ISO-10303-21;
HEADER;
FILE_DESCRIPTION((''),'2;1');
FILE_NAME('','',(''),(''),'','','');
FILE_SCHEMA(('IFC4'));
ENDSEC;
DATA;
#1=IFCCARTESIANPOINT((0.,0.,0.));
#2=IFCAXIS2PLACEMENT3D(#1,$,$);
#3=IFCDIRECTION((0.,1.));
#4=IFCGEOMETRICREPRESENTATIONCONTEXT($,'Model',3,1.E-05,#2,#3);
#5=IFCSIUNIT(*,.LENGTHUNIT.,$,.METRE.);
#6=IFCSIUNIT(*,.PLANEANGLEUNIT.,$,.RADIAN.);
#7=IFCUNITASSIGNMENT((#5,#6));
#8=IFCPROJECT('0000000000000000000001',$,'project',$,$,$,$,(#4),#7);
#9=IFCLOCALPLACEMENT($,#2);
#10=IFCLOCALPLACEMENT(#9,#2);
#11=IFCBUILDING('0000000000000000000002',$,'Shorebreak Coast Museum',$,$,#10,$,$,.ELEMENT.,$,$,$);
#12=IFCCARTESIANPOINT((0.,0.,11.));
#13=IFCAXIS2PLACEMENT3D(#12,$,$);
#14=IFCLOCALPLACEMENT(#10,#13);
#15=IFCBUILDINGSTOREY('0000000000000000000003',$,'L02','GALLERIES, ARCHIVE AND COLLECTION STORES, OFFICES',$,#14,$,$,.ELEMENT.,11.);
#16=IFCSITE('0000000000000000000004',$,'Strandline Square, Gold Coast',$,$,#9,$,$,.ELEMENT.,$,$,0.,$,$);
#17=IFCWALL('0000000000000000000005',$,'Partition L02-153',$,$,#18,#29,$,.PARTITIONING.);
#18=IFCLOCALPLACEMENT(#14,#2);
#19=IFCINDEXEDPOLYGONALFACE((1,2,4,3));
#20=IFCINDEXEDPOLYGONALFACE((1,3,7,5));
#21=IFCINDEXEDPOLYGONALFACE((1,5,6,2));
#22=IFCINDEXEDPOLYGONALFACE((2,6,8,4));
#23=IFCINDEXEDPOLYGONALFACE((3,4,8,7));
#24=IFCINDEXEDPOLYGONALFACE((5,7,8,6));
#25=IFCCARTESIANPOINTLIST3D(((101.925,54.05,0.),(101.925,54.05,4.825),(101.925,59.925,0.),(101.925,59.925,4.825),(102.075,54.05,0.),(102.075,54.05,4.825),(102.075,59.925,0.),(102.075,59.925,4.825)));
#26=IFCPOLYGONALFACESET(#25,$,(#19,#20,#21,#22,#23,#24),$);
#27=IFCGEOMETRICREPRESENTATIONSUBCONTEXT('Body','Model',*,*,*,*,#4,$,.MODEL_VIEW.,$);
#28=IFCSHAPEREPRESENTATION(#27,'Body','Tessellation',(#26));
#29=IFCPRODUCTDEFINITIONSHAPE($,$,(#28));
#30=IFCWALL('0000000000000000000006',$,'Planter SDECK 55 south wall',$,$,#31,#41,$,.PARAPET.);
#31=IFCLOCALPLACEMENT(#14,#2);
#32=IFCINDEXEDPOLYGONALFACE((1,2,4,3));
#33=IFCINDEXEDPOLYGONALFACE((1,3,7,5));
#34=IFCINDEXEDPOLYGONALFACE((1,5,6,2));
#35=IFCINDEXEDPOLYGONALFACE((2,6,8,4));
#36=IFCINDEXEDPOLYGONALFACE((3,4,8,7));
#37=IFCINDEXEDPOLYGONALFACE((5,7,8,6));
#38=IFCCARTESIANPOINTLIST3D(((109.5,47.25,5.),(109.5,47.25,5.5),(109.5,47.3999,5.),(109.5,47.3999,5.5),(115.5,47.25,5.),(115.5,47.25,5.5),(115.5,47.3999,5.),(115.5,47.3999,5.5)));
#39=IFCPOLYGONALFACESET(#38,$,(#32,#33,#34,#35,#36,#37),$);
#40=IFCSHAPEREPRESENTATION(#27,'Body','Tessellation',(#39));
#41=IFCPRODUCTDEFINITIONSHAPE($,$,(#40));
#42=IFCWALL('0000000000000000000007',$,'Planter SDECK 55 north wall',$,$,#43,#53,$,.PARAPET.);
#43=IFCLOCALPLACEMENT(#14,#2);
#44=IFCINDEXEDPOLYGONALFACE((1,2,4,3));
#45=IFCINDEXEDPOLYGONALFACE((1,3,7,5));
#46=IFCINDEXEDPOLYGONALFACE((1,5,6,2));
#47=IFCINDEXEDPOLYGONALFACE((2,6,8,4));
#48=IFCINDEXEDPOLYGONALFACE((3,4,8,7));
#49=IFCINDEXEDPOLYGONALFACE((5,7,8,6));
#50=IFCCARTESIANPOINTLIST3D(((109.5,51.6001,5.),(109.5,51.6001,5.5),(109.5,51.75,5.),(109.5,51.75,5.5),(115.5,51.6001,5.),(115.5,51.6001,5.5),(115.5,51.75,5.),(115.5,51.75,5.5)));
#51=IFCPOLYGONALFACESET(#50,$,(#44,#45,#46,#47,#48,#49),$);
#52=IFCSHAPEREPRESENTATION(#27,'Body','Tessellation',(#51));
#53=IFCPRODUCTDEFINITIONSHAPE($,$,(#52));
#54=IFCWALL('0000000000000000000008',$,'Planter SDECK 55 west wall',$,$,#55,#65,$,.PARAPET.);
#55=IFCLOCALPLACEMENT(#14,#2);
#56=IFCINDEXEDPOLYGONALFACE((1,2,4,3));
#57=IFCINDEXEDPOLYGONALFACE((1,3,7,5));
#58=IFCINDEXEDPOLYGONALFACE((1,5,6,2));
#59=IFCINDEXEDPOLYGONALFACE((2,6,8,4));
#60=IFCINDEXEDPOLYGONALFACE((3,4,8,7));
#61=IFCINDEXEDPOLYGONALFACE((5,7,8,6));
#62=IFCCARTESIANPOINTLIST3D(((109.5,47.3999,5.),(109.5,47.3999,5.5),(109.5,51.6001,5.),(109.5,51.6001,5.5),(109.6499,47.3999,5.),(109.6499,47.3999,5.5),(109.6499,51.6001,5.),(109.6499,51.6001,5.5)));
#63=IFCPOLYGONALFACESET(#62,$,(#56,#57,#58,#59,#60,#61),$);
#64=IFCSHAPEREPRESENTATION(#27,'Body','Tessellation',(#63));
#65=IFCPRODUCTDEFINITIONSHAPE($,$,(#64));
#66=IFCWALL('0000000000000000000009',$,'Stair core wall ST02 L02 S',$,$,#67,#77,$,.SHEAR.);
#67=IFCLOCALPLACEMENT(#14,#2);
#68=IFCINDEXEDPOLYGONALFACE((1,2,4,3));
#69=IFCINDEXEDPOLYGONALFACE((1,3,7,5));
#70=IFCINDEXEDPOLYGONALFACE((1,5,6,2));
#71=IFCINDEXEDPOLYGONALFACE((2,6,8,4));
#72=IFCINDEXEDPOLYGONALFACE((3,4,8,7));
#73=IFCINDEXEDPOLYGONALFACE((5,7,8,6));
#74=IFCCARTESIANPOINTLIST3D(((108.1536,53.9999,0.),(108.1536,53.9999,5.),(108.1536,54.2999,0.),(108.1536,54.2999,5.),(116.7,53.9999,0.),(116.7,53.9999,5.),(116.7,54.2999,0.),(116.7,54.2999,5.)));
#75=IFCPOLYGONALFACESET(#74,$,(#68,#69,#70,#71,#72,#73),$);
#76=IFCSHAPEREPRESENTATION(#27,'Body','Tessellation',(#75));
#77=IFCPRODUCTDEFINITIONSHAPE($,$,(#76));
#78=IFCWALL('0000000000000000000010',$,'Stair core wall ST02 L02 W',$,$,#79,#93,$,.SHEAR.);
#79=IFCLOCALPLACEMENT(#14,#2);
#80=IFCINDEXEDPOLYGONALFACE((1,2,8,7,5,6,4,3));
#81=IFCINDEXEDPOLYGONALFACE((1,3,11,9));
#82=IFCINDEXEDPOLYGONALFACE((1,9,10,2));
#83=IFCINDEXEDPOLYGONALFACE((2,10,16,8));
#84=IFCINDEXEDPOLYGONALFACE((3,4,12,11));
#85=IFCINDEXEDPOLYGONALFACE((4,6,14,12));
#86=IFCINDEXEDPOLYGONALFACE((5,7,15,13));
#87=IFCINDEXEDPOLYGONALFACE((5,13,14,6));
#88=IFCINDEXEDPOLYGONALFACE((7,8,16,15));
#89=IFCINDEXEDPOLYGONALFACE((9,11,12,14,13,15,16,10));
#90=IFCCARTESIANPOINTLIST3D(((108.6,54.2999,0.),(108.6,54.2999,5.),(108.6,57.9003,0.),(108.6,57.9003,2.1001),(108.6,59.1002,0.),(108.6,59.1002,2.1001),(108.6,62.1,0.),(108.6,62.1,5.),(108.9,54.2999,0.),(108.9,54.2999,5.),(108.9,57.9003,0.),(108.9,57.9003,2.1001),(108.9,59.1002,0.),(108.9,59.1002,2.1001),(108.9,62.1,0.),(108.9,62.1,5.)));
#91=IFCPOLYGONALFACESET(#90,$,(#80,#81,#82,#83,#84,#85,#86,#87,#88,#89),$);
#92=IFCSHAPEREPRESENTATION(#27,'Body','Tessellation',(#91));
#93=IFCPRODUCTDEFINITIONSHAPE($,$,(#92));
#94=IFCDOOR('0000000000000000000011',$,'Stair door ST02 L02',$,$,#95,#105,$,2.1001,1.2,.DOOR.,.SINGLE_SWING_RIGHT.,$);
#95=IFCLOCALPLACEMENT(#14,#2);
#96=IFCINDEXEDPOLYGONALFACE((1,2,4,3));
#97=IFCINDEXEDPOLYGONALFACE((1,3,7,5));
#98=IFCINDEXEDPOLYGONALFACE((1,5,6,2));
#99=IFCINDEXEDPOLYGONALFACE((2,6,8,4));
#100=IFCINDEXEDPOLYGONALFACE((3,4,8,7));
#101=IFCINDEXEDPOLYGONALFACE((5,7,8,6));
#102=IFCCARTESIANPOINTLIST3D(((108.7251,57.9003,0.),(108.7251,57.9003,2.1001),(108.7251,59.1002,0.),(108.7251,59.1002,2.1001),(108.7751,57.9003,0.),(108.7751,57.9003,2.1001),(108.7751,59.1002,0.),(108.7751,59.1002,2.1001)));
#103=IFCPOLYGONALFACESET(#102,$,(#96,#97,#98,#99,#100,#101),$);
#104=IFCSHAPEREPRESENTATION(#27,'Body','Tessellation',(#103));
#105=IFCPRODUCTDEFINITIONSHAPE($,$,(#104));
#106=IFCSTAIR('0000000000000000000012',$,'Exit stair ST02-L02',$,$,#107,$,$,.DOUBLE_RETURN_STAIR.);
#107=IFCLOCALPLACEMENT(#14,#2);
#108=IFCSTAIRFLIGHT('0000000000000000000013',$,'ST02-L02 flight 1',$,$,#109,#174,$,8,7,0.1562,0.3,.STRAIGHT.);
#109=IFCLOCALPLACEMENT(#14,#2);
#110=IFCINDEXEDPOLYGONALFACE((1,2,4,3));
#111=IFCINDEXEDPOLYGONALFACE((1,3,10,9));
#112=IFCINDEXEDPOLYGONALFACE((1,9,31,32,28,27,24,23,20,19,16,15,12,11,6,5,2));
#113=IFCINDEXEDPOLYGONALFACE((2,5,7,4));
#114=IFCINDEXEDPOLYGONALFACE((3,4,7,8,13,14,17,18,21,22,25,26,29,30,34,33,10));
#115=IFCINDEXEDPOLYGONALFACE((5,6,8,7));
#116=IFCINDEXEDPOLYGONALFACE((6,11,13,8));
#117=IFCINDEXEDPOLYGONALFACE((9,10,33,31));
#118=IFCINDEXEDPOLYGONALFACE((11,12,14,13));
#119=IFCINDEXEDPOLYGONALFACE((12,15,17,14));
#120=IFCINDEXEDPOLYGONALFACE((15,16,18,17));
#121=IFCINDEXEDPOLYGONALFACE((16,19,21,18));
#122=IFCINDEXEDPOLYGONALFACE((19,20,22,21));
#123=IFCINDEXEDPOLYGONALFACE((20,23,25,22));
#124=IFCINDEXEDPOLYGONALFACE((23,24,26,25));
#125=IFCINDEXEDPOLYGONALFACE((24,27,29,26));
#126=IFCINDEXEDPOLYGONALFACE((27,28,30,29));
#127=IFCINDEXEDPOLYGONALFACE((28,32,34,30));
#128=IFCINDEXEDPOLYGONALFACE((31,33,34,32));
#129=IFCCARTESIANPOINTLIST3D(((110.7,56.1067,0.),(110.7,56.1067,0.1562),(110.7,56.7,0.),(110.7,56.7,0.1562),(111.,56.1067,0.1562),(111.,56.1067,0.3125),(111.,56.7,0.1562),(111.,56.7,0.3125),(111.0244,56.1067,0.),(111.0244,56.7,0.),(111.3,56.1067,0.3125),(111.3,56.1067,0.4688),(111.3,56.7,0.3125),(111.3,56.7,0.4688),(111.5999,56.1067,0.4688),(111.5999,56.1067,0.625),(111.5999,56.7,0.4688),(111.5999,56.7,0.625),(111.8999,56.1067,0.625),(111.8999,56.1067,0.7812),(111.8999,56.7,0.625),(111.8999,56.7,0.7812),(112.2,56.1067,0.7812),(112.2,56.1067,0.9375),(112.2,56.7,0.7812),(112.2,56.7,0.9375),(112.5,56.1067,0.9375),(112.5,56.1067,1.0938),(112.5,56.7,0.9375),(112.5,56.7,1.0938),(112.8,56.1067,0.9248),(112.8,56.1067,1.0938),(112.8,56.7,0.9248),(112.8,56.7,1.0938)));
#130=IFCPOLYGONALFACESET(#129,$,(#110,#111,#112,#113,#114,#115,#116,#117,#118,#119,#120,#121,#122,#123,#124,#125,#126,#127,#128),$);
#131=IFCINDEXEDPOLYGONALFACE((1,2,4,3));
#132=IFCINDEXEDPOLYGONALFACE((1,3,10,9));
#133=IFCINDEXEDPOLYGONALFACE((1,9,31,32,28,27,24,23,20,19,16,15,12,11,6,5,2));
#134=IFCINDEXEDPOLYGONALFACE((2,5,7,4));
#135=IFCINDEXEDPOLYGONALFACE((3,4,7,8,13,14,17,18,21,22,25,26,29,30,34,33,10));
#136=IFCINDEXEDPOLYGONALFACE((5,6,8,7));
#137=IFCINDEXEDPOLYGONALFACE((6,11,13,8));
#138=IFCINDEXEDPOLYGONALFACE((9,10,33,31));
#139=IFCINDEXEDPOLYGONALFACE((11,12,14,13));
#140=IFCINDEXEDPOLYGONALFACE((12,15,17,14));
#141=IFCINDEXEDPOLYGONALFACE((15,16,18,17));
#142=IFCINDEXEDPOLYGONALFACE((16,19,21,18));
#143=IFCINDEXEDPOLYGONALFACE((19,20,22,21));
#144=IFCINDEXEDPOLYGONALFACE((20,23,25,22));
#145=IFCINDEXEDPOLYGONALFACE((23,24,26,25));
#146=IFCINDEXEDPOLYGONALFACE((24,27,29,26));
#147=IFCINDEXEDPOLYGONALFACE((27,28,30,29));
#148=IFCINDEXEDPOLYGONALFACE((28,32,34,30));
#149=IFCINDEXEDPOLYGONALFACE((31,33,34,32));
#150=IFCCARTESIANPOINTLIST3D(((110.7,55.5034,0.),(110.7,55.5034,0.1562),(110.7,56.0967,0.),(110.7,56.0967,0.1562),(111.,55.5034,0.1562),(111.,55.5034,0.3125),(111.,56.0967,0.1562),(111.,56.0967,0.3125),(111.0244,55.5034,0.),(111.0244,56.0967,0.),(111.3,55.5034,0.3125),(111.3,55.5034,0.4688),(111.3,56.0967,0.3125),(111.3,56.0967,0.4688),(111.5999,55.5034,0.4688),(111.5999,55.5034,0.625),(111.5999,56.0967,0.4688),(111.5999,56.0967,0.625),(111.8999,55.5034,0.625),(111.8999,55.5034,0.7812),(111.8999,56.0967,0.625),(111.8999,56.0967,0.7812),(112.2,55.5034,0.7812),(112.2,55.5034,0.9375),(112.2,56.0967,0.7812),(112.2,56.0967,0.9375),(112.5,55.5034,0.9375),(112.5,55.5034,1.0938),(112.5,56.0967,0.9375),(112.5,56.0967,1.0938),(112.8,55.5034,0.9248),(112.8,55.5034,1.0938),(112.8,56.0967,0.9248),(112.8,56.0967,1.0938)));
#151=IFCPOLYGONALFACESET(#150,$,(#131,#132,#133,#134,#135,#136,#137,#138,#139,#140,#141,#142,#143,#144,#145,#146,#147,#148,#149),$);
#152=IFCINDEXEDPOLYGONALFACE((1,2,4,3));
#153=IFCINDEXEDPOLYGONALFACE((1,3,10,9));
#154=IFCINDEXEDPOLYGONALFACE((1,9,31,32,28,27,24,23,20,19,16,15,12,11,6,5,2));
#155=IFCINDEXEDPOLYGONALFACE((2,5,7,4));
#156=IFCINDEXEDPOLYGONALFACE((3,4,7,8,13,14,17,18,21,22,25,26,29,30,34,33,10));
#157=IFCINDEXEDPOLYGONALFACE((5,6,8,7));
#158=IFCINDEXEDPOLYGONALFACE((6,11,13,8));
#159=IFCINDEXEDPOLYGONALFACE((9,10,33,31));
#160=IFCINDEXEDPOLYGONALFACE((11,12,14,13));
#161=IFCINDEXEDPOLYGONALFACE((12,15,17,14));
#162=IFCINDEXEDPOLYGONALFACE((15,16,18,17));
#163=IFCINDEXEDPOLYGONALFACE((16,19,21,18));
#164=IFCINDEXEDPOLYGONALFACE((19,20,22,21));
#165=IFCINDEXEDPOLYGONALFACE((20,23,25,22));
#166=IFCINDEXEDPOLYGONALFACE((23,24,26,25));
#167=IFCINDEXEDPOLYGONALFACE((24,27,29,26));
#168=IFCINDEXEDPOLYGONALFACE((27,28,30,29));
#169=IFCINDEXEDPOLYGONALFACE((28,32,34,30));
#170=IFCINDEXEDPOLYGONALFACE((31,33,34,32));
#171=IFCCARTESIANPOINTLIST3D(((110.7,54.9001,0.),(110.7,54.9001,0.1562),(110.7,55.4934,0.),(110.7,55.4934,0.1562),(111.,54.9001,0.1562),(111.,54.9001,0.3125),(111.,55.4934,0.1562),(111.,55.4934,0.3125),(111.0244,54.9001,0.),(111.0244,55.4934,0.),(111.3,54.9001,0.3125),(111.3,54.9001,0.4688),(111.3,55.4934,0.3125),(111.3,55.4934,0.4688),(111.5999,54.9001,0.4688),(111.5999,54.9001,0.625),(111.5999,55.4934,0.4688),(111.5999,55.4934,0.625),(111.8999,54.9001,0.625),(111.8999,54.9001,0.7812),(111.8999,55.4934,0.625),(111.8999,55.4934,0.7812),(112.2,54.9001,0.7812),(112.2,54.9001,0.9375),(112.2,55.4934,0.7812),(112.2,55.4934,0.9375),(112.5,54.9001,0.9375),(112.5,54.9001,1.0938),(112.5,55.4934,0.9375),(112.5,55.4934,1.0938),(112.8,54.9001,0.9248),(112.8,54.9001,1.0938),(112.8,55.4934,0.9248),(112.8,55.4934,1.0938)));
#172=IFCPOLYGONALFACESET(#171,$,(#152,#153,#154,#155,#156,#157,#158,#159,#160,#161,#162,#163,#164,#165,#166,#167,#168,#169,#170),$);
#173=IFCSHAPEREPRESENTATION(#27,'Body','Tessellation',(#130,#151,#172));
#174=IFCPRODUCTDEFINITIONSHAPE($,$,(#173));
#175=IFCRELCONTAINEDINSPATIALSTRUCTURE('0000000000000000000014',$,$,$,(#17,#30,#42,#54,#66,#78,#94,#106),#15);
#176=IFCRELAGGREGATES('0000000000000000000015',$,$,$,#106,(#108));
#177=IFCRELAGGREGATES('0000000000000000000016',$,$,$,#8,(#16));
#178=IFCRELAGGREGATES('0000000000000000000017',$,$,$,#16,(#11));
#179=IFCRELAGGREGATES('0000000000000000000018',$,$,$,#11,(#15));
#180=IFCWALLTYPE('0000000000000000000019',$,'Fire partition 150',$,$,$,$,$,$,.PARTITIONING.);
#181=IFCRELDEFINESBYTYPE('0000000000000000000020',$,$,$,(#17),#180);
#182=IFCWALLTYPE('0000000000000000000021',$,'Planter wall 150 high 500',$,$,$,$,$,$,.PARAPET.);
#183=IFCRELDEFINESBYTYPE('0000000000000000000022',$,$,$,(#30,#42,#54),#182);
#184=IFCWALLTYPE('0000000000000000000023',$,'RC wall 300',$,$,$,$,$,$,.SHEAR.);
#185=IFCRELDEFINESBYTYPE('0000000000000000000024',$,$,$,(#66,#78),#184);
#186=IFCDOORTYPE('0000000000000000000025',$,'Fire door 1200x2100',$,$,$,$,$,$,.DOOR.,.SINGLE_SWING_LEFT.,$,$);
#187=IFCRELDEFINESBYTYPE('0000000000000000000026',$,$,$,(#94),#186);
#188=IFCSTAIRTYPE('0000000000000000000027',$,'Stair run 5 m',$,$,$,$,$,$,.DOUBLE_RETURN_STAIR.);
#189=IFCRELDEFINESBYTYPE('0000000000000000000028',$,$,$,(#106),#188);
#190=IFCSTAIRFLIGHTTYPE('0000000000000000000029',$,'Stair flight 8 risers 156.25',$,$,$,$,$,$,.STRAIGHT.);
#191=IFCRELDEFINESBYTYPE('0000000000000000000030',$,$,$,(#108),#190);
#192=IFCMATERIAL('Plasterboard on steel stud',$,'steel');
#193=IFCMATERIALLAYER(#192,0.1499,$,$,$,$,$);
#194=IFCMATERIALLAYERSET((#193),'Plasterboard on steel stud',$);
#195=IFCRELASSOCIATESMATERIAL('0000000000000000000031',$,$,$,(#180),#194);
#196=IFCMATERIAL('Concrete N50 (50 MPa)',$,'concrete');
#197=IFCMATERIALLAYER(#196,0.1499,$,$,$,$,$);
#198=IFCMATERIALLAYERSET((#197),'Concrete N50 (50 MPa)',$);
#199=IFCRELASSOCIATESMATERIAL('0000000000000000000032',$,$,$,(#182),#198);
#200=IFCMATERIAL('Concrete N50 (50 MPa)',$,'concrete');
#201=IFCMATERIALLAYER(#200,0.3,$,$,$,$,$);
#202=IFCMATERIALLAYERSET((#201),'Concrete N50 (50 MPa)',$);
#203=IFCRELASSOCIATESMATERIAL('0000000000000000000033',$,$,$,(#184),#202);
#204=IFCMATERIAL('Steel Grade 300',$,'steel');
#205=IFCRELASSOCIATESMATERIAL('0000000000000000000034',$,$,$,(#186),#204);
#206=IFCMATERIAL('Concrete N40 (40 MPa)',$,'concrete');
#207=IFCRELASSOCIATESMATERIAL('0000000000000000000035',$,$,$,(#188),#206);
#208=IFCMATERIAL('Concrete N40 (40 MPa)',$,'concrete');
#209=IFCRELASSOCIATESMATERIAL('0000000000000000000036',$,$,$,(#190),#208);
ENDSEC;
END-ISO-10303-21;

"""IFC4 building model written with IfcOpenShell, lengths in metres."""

from ifc_helpers import new_model, si_unit, direction, frame, frame_2d, origin, place, context, subcontext, project, spatial, polyline, rectangle, outline, extrude, material, layer, layer_set, type_object, element, fill, aggregate, save


model = new_model("IFC4")

# Units and contexts
model_context = context("Model", 3, precision=1e-05, world=origin(), true_north=direction((0.0, 1.0)))
body_context = subcontext(model_context, "Body", "Model", "MODEL_VIEW")
ifc_project = project(units=[si_unit("LENGTHUNIT", "METRE"), si_unit("PLANEANGLEUNIT", "RADIAN")], contexts=[model_context])

# Site, building, storey
site_placement = place(None, origin())
site = spatial("IfcSite", under=ifc_project, at=site_placement, Name="Strandline Square, Gold Coast", CompositionType="ELEMENT", RefElevation=0.0)
building_placement = place(site_placement, origin())
building = spatial("IfcBuilding", under=site, at=building_placement, Name="Shorebreak Coast Museum", CompositionType="ELEMENT")
storey_placement = place(building_placement, frame((0.0, 0.0, 11.0)))
storey = spatial("IfcBuildingStorey", under=building, at=storey_placement, Name="L02", Description="GALLERIES, ARCHIVE AND COLLECTION STORES, OFFICES", CompositionType="ELEMENT", Elevation=11.0)

# Walls
ifc_material_1 = material(Name="Plasterboard on steel stud", Category="steel")
ifc_layer_1 = layer(ifc_material_1, 0.1499)
ifc_layer_set_1 = layer_set([ifc_layer_1], Name="Plasterboard on steel stud")
wall_type_1 = type_object("IfcWallType", Name="Fire partition 150", PredefinedType="PARTITIONING", material=ifc_layer_set_1)
wall_1_placement = place(storey_placement, frame((102.0, 54.05, 0.0), z_axis=(0.0, 0.0, 1.0), x_axis=(0.0, 1.0, 0.0)))
element("IfcWall", 1, at=wall_1_placement, inside=storey, type_object=wall_type_1, Name="Partition L02-153", PredefinedType="PARTITIONING", context=body_context, shape_type="SweptSolid", body=[
    extrude(rectangle(XDim=5.875, YDim=0.1499, at=frame_2d((2.9375, 0.0))), origin(), (0.0, 0.0, 1.0), 4.825),
])
ifc_material_2 = material(Name="Concrete N50 (50 MPa)", Category="concrete")
ifc_layer_2 = layer(ifc_material_2, 0.1499)
ifc_layer_set_2 = layer_set([ifc_layer_2], Name="Concrete N50 (50 MPa)")
wall_type_2 = type_object("IfcWallType", Name="Planter wall 150 high 500", PredefinedType="PARAPET", material=ifc_layer_set_2)
for number, where, z_axis, x_axis, name in (
    (2, (109.5, 47.325, 5.0), (0.0, 0.0, 1.0), (1.0, 0.0, 0.0), "Planter SDECK 55 south wall"),
    (3, (109.5, 51.675, 5.0), (0.0, 0.0, 1.0), (1.0, 0.0, 0.0), "Planter SDECK 55 north wall"),
):
    element("IfcWall", number, at=place(storey_placement, frame(where, z_axis=z_axis, x_axis=x_axis)), inside=storey, type_object=wall_type_2, Name=name, PredefinedType="PARAPET", context=body_context, shape_type="SweptSolid", body=[
        extrude(rectangle(XDim=6.0, YDim=0.1499, at=frame_2d((3.0, 0.0))), origin(), (0.0, 0.0, 1.0), 0.5),
    ])
wall_2_placement = place(storey_placement, frame((109.575, 47.3999, 5.0), z_axis=(0.0, 0.0, 1.0), x_axis=(0.0, 1.0, 0.0)))
element("IfcWall", 4, at=wall_2_placement, inside=storey, type_object=wall_type_2, Name="Planter SDECK 55 west wall", PredefinedType="PARAPET", context=body_context, shape_type="SweptSolid", body=[
    extrude(rectangle(XDim=4.2002, YDim=0.1499, at=frame_2d((2.1001, 0.0))), origin(), (0.0, 0.0, 1.0), 0.5),
])
ifc_material_3 = material(Name="Concrete N50 (50 MPa)", Category="concrete")
ifc_layer_3 = layer(ifc_material_3, 0.3)
ifc_layer_set_3 = layer_set([ifc_layer_3], Name="Concrete N50 (50 MPa)")
wall_type_3 = type_object("IfcWallType", Name="RC wall 300", PredefinedType="SHEAR", material=ifc_layer_set_3)
wall_3_placement = place(storey_placement, frame((108.1536, 54.1499, 0.0), z_axis=(0.0, 0.0, 1.0), x_axis=(1.0, 0.0, 0.0)))
element("IfcWall", 5, at=wall_3_placement, inside=storey, type_object=wall_type_3, Name="Stair core wall ST02 L02 S", PredefinedType="SHEAR", context=body_context, shape_type="SweptSolid", body=[
    extrude(rectangle(XDim=8.5464, YDim=0.3, at=frame_2d((4.2732, 0.0))), origin(), (0.0, 0.0, 1.0), 5.0),
])

# Wall, opening, door
wall_4_placement = place(storey_placement, frame((108.75, 54.3, 0.0), z_axis=(0.0, 0.0, 1.0), x_axis=(0.0, 1.0, 0.0)))
wall_4 = element("IfcWall", 6, at=wall_4_placement, inside=storey, type_object=wall_type_3, Name="Stair core wall ST02 L02 W", PredefinedType="SHEAR", context=body_context, shape_type="SweptSolid", body=[
    extrude(rectangle(XDim=7.8, YDim=0.3, at=frame_2d((3.8999, 0.0))), origin(), (0.0, 0.0, 1.0), 5.0),
])
opening_placement = place(wall_4_placement, frame((3.6001, 0.0, 0.0)))
opening = element("IfcOpeningElement", 7, at=opening_placement, cuts=wall_4, PredefinedType="OPENING", context=body_context, shape_type="SweptSolid", body=[
    extrude(rectangle(XDim=1.2, YDim=2.1001, at=frame_2d((0.6001, 1.05))), frame((0.0, 0.1599, 0.0), z_axis=(0.0, -1.0, 0.0), x_axis=(1.0, 0.0, 0.0)), (0.0, 0.0, 1.0), 0.3201),
])
ifc_material_4 = material(Name="Steel Grade 300", Category="steel")
door_type = type_object("IfcDoorType", Name="Fire door 1200x2100", OperationType="SINGLE_SWING_LEFT", PredefinedType="DOOR", material=ifc_material_4)
door_placement = place(opening_placement, origin())
door = element("IfcDoor", 8, at=door_placement, inside=storey, type_object=door_type, Name="Stair door ST02 L02", OperationType="SINGLE_SWING_RIGHT", OverallHeight=2.1001, OverallWidth=1.2, PredefinedType="DOOR", context=body_context, shape_type="SweptSolid", body=[
    extrude(rectangle(XDim=1.2, YDim=2.1001, at=frame_2d((0.6001, 1.05))), frame((0.0, 0.0249, 0.0), z_axis=(0.0, -1.0, 0.0), x_axis=(1.0, 0.0, 0.0)), (0.0, 0.0, 1.0), 0.05),
])
fill(opening, door)

# Stair, stair flight
ifc_material_5 = material(Name="Concrete N40 (40 MPa)", Category="concrete")
stair_type = type_object("IfcStairType", Name="Stair run 5 m", PredefinedType="DOUBLE_RETURN_STAIR", material=ifc_material_5)
stair_placement = place(storey_placement, origin())
stair = element("IfcStair", 9, at=stair_placement, inside=storey, type_object=stair_type, Name="Exit stair ST02-L02", PredefinedType="DOUBLE_RETURN_STAIR")
ifc_material_6 = material(Name="Concrete N40 (40 MPa)", Category="concrete")
stair_flight_type = type_object("IfcStairFlightType", Name="Stair flight 8 risers 156.25", PredefinedType="STRAIGHT", material=ifc_material_6)
stair_flight_placement = place(storey_placement, frame((110.7, 55.8, 0.0), z_axis=(0.0, 0.0, 1.0), x_axis=(1.0, 0.0, 0.0)))
stair_flight = element("IfcStairFlight", 10, at=stair_flight_placement, type_object=stair_flight_type, Name="ST02-L02 flight 1", NumberOfRisers=8, NumberOfTreads=7, PredefinedType="STRAIGHT", RiserHeight=0.1562, TreadLength=0.3, context=body_context, shape_type="SweptSolid", body=[
    extrude(outline(polyline([(0.0, 0.0), (0.0, 0.1562), (0.3, 0.1562), (0.3, 0.3125), (0.6001, 0.3125), (0.6001, 0.4688), (0.8999, 0.4688), (0.8999, 0.625), (1.2, 0.625), (1.2, 0.7812), (1.5, 0.7812), (1.5, 0.9375), (1.8, 0.9375), (1.8, 1.0938), (2.1001, 1.0938), (2.1001, 1.25), (2.1001, 0.9248), (0.3245, 0.0), (0.0, 0.0)])), frame((0.0, 0.8999, 0.0), z_axis=(0.0, -1.0, 0.0), x_axis=(1.0, 0.0, 0.0)), (0.0, 0.0, 1.0), 0.5933),
    extrude(outline(polyline([(0.0, 0.0), (0.0, 0.1562), (0.3, 0.1562), (0.3, 0.3125), (0.6001, 0.3125), (0.6001, 0.4688), (0.8999, 0.4688), (0.8999, 0.625), (1.2, 0.625), (1.2, 0.7812), (1.5, 0.7812), (1.5, 0.9375), (1.8, 0.9375), (1.8, 1.0938), (2.1001, 1.0938), (2.1001, 1.25), (2.1001, 0.9248), (0.3245, 0.0), (0.0, 0.0)])), frame((0.0, 0.2966, 0.0), z_axis=(0.0, -1.0, 0.0), x_axis=(1.0, 0.0, 0.0)), (0.0, 0.0, 1.0), 0.5933),
    extrude(outline(polyline([(0.0, 0.0), (0.0, 0.1562), (0.3, 0.1562), (0.3, 0.3125), (0.6001, 0.3125), (0.6001, 0.4688), (0.8999, 0.4688), (0.8999, 0.625), (1.2, 0.625), (1.2, 0.7812), (1.5, 0.7812), (1.5, 0.9375), (1.8, 0.9375), (1.8, 1.0938), (2.1001, 1.0938), (2.1001, 1.25), (2.1001, 0.9248), (0.3245, 0.0), (0.0, 0.0)])), frame((0.0, -0.3066, 0.0), z_axis=(0.0, -1.0, 0.0), x_axis=(1.0, 0.0, 0.0)), (0.0, 0.0, 1.0), 0.5933),
])
aggregate(stair, [stair_flight])

save(model, "model.ifc")
